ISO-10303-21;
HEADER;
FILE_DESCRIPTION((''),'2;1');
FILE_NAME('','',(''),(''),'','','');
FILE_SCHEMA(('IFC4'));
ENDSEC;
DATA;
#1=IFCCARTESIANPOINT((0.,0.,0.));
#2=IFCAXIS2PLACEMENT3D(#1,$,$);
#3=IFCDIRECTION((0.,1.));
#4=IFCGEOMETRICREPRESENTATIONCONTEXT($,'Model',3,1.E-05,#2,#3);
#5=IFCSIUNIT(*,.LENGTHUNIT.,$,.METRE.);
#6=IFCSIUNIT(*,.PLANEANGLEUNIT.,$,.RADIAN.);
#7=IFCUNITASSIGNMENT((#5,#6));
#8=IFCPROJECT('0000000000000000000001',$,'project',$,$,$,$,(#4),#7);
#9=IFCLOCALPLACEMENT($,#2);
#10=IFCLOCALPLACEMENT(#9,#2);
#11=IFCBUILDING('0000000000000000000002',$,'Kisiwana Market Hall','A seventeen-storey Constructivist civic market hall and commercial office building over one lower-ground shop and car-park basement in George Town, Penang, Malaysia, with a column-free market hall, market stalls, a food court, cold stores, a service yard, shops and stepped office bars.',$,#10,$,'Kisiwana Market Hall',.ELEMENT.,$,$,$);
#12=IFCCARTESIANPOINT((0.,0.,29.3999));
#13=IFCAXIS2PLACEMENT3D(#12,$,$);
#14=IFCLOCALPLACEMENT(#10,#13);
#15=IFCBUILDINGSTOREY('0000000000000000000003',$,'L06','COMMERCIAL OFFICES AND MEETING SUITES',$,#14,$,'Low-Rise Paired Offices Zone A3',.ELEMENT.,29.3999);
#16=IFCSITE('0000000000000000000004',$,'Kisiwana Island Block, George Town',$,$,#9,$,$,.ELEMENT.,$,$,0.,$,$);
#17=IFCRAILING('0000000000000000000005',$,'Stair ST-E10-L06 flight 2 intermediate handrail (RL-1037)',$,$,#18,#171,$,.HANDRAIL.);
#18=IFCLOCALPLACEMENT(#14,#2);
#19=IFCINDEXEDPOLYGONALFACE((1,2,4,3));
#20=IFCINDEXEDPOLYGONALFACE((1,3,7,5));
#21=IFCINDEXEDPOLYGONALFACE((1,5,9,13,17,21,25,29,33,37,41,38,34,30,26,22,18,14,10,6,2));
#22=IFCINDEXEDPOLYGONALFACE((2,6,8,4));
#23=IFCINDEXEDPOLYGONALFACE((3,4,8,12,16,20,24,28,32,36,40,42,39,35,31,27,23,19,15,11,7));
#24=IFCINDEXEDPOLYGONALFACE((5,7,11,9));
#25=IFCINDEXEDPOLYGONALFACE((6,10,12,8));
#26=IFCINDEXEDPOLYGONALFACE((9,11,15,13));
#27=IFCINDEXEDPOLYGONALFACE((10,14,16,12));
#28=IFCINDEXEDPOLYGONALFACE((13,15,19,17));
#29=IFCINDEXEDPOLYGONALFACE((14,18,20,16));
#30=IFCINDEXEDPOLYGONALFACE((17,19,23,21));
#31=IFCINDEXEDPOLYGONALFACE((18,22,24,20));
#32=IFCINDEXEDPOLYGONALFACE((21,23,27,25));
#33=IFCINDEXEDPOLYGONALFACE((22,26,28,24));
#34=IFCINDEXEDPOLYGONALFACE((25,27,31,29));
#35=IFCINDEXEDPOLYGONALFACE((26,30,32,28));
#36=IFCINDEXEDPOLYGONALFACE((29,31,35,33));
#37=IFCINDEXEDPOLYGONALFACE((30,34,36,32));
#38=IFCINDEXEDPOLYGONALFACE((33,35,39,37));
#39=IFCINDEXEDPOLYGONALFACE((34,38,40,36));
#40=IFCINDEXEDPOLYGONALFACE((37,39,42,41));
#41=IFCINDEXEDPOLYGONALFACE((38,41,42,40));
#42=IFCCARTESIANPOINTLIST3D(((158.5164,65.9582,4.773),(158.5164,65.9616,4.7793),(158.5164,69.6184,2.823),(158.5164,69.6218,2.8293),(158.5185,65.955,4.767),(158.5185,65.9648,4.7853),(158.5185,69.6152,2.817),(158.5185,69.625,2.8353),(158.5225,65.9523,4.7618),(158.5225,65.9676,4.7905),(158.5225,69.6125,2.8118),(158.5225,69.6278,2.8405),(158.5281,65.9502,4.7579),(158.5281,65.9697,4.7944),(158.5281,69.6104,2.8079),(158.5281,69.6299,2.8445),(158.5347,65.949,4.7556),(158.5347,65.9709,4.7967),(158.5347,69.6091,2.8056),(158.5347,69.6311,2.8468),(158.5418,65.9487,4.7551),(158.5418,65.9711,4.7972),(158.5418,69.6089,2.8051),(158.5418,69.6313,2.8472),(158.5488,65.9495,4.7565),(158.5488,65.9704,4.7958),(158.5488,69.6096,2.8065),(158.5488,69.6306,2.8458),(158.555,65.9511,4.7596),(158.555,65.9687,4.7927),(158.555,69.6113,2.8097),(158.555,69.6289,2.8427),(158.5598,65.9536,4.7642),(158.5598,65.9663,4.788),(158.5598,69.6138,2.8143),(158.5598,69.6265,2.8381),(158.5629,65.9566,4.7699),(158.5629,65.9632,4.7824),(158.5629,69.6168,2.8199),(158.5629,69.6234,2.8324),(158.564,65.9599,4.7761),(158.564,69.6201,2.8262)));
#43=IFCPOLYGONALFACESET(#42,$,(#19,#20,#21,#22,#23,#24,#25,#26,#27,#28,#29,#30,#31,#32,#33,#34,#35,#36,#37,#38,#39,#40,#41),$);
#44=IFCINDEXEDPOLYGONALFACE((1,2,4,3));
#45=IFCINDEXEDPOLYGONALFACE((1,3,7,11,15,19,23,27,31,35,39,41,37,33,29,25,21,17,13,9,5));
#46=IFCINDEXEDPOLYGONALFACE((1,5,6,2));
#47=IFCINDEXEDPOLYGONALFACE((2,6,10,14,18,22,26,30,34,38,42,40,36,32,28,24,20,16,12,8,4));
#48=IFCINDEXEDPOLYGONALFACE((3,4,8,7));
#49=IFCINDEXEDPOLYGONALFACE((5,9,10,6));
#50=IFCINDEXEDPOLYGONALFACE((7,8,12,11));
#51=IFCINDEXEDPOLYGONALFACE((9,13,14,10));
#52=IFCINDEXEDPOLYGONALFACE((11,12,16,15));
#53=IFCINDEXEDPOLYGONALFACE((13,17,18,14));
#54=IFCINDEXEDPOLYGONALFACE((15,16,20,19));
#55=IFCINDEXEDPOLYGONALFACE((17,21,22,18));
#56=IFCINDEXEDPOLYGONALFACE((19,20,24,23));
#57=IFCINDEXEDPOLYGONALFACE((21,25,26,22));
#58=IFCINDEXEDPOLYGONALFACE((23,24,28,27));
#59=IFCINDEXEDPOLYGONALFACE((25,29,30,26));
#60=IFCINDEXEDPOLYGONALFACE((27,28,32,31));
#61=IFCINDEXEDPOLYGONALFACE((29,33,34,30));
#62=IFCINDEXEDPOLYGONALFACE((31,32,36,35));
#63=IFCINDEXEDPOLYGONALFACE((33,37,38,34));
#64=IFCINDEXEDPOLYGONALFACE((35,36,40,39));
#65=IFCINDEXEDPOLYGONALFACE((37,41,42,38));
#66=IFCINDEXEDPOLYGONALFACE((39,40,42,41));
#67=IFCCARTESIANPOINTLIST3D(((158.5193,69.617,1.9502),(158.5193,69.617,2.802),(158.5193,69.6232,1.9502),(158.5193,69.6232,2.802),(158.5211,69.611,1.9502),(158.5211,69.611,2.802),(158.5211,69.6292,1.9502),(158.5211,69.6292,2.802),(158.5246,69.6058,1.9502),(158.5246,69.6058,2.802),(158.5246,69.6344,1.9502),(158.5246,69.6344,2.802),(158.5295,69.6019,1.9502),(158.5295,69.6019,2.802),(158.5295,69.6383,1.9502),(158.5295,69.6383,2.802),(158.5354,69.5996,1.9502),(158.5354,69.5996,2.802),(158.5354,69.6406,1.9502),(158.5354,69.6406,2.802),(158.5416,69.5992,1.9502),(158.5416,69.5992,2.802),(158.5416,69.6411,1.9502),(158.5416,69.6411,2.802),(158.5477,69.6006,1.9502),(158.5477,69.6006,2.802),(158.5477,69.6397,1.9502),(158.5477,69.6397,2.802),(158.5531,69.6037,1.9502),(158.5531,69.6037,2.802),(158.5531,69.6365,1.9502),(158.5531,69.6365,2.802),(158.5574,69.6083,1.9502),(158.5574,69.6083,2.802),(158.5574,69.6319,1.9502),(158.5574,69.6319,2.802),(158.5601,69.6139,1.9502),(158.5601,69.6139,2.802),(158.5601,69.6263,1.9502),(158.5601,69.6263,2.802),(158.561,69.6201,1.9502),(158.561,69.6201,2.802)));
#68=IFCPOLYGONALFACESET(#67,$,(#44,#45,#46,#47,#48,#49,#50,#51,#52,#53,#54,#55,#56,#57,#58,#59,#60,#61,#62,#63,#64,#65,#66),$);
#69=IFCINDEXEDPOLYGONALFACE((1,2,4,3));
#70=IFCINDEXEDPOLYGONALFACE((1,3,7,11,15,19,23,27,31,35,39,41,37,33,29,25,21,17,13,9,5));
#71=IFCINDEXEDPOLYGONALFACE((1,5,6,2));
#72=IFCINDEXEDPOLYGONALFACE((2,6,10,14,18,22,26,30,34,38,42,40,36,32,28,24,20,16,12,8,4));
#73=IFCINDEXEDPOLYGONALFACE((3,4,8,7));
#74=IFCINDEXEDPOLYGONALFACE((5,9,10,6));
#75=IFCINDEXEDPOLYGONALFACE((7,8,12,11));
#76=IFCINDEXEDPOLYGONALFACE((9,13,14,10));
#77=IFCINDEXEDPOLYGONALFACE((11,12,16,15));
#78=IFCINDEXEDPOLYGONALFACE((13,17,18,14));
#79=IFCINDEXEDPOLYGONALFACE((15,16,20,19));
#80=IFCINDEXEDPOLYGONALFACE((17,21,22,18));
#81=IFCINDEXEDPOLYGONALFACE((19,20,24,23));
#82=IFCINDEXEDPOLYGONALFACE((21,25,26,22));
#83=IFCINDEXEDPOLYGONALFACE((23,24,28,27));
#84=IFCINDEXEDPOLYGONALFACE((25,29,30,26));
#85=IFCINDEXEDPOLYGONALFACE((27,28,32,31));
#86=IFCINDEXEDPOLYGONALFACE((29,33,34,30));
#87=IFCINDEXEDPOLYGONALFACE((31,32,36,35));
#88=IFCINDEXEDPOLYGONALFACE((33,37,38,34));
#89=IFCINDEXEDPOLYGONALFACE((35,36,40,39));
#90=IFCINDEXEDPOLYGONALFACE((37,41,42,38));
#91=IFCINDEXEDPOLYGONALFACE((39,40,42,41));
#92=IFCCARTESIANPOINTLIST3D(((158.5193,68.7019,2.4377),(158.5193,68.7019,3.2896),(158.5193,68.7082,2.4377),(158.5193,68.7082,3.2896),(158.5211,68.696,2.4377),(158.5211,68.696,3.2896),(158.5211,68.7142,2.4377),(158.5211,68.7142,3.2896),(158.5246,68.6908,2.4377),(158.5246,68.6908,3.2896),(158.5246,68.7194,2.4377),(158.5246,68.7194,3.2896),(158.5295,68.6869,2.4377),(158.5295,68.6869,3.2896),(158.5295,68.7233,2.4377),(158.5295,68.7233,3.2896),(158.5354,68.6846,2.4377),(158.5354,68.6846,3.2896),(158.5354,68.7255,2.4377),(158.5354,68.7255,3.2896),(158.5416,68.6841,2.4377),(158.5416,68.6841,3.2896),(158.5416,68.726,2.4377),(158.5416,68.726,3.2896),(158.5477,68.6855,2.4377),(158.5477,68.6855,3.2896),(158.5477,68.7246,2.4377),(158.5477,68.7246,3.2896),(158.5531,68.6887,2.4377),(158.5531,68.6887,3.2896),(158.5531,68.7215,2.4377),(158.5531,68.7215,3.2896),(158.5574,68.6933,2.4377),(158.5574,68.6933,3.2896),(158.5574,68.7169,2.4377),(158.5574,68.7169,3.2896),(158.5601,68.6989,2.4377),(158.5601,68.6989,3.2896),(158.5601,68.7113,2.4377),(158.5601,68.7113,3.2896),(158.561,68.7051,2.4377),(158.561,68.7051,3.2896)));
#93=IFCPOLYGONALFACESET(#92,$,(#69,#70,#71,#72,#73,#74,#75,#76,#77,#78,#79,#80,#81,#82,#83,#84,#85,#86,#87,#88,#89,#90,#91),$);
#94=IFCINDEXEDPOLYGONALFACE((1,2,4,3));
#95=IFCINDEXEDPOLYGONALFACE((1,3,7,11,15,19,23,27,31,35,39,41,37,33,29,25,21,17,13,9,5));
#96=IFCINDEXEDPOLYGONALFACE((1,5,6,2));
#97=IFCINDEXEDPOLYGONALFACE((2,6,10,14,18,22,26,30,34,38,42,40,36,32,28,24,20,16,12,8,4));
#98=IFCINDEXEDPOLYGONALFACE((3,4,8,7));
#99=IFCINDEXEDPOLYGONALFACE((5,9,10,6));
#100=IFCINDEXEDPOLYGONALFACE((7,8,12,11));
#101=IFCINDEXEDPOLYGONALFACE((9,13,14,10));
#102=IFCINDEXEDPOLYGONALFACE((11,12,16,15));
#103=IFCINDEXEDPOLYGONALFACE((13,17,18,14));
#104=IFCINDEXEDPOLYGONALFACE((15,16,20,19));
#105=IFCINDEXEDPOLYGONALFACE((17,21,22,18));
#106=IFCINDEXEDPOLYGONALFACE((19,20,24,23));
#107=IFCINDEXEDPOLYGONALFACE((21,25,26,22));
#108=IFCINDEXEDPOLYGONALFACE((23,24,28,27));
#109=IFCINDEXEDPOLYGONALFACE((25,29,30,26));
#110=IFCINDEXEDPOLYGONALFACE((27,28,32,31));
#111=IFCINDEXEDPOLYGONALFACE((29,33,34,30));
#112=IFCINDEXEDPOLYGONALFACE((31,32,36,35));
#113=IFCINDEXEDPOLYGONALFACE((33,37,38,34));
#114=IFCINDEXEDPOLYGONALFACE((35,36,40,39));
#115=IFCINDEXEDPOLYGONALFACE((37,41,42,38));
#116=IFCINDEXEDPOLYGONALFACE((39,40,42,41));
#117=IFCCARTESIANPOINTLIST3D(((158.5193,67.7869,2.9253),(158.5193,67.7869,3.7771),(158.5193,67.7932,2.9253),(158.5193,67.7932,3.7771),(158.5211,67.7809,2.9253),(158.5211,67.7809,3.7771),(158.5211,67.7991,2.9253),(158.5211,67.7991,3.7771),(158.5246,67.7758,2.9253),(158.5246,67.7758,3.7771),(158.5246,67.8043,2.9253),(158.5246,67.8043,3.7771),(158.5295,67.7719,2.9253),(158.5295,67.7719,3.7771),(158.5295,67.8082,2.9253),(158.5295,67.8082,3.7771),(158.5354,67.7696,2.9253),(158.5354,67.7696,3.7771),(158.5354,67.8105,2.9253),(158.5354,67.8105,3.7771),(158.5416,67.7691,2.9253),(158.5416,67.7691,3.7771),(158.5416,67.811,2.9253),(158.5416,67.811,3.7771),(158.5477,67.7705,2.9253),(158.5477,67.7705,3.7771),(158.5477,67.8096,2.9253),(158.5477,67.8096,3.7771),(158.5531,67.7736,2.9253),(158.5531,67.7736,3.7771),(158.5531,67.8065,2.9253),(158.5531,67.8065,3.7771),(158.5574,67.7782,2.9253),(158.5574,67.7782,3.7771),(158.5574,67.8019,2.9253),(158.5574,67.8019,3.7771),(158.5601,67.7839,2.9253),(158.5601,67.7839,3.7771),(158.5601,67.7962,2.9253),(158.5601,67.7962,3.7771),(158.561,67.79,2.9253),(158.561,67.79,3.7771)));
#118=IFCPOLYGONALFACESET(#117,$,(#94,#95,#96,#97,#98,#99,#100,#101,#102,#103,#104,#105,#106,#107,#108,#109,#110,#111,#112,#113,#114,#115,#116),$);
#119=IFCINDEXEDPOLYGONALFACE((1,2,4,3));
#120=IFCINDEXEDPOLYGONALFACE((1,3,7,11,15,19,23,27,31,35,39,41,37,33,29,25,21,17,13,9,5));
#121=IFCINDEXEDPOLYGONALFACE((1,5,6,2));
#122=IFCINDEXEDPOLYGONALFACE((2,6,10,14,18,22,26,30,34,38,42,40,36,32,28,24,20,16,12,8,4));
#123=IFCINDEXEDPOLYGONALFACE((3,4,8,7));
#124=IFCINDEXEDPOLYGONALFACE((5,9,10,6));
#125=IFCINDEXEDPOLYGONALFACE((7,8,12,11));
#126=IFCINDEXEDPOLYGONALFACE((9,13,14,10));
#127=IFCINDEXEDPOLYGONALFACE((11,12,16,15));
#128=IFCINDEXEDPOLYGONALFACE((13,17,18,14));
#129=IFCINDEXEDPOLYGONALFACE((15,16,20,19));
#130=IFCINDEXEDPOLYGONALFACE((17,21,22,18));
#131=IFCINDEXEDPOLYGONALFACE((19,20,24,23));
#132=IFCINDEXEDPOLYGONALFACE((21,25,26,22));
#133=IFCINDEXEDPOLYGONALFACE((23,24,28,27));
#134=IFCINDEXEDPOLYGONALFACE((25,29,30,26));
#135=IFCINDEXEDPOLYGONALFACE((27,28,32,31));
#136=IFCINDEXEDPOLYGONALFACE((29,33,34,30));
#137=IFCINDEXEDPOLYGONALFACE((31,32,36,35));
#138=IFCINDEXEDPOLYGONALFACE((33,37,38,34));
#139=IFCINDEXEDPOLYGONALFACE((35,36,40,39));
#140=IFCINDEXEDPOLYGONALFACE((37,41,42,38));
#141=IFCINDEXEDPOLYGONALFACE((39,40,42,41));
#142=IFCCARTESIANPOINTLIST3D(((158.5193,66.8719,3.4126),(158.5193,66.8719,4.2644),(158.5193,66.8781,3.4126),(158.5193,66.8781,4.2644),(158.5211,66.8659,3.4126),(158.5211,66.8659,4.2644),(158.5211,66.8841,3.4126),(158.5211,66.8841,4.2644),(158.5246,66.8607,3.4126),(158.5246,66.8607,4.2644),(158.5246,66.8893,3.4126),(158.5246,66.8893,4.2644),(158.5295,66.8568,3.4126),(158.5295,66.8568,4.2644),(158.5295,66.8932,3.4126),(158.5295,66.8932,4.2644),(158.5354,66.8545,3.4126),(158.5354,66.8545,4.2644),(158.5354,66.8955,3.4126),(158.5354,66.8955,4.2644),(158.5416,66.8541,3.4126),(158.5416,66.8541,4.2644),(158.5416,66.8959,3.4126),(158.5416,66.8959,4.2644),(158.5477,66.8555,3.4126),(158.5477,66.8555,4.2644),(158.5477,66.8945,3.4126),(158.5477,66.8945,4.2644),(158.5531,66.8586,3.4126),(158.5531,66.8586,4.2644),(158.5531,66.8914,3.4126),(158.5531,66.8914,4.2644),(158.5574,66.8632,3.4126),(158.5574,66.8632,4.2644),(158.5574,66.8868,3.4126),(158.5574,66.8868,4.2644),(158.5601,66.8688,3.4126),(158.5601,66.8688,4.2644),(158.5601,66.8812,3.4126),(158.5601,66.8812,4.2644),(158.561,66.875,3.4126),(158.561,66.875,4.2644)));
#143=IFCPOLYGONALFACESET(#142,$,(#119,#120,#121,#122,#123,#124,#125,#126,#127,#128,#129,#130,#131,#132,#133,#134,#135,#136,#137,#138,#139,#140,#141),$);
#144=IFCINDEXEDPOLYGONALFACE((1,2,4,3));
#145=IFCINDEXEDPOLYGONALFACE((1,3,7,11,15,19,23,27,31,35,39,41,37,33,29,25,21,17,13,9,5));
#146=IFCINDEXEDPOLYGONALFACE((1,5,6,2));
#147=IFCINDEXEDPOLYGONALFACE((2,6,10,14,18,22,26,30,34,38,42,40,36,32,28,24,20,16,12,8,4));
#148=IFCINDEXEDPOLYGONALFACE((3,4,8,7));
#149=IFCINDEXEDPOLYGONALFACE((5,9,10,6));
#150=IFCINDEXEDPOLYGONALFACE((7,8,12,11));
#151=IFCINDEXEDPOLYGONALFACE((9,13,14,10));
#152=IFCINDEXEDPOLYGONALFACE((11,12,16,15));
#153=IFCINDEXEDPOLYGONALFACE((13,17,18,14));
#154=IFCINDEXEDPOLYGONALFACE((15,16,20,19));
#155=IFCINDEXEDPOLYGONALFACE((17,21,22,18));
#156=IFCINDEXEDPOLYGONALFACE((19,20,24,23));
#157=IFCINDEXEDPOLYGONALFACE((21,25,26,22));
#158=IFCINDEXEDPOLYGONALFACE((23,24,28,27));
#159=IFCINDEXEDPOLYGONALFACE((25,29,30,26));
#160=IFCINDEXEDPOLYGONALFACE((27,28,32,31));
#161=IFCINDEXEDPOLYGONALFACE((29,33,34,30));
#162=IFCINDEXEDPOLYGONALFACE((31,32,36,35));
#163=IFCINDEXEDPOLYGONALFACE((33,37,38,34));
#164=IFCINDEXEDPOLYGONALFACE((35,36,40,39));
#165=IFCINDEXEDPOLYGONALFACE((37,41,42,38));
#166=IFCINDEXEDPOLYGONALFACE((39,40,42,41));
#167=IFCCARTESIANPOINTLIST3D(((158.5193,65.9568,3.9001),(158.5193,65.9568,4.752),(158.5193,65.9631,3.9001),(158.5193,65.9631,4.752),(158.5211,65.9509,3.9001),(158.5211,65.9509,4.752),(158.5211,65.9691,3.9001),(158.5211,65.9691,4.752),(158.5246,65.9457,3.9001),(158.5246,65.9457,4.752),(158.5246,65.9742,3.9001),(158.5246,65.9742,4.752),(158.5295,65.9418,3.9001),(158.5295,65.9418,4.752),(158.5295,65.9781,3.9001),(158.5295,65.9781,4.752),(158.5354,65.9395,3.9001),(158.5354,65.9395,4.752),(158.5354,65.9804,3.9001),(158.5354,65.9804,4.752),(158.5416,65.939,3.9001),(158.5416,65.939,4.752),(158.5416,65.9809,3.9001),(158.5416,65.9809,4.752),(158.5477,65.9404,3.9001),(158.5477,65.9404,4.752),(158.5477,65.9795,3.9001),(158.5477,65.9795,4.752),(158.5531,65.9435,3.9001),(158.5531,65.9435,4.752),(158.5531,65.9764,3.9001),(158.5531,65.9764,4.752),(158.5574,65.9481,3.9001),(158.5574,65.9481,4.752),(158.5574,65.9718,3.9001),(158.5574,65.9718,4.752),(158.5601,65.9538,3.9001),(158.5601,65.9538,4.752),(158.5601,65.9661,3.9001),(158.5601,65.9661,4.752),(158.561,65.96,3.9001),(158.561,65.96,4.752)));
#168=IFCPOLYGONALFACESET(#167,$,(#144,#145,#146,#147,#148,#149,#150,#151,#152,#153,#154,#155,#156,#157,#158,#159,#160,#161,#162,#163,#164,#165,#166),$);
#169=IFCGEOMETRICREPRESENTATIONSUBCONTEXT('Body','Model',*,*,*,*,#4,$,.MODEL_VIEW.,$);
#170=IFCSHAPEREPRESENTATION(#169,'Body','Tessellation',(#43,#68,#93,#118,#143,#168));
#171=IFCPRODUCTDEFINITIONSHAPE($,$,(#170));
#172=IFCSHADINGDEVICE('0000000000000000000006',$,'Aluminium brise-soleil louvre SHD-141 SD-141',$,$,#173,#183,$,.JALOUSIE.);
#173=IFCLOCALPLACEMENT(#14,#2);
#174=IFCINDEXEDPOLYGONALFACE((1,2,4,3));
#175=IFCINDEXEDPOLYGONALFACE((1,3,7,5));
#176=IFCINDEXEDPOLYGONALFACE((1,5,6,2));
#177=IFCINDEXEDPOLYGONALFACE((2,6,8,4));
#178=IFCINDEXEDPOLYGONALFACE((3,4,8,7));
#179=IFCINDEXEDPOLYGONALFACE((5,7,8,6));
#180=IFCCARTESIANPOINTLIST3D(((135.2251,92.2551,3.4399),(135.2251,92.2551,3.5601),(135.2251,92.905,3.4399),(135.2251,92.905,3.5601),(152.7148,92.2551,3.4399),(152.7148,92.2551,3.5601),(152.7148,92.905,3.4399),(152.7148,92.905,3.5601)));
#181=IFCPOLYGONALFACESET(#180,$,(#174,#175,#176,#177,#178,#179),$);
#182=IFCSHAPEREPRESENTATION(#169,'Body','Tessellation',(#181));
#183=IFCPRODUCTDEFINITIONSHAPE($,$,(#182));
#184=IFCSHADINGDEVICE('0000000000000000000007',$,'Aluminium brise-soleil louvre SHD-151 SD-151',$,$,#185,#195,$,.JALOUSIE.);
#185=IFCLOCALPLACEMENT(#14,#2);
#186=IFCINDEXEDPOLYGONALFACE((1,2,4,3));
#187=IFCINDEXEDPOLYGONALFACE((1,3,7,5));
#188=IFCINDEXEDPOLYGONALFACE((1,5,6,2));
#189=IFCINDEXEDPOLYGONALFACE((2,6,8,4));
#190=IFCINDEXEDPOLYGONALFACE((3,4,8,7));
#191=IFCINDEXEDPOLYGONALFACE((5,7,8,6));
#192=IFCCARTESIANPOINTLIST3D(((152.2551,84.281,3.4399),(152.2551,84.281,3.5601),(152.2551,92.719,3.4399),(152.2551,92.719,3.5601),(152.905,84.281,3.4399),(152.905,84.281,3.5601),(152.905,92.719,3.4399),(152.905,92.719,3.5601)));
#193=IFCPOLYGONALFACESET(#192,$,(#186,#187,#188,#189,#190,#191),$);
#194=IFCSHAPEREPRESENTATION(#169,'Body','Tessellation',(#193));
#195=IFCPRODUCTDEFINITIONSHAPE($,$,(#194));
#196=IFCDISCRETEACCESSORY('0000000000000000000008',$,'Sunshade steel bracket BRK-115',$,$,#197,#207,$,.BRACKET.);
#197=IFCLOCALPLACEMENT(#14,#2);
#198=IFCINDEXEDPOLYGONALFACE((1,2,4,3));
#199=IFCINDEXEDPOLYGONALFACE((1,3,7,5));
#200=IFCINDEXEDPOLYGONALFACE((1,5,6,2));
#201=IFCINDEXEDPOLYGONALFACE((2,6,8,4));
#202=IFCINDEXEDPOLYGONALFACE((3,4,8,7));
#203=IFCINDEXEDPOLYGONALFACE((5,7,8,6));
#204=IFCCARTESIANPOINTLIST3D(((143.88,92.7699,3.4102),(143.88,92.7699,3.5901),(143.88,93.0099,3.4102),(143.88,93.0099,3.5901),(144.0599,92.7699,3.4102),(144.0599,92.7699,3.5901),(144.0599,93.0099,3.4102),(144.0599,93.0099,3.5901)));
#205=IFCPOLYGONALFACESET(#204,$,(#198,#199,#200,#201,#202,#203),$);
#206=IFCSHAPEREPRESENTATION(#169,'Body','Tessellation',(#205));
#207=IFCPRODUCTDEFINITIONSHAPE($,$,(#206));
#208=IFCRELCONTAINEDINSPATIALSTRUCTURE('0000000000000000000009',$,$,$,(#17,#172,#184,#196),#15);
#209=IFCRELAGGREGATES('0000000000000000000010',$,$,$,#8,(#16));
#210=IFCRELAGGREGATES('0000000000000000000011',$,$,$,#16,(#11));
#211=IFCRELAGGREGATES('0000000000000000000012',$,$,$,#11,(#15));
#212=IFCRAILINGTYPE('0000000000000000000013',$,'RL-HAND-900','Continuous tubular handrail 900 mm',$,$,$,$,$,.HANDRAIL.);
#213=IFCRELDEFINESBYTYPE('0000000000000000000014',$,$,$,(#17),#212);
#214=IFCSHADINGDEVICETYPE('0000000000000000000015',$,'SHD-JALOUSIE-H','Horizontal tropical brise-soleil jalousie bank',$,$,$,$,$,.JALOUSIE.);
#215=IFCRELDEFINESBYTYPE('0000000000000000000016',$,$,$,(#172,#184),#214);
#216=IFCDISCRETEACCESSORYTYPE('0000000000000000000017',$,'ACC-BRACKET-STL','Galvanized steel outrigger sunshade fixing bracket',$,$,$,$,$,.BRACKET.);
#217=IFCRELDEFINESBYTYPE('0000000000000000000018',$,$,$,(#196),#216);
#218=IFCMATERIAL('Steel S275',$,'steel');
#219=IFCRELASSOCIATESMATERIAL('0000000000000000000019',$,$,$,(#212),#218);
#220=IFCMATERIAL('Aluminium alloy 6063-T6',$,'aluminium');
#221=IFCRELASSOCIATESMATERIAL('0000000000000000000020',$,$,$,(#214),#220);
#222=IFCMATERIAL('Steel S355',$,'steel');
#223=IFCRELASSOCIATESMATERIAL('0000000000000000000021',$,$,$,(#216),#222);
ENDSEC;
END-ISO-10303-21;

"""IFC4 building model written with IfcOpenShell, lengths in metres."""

from ifc_helpers import new_model, si_unit, direction, frame, origin, origin_2d, place, context, subcontext, project, spatial, rectangle, circle, extrude, material, type_object, element, save


model = new_model("IFC4")

# Units and contexts
model_context = context("Model", 3, precision=1e-05, world=origin(), true_north=direction((0.0, 1.0)))
body_context = subcontext(model_context, "Body", "Model", "MODEL_VIEW")
ifc_project = project(units=[si_unit("LENGTHUNIT", "METRE"), si_unit("PLANEANGLEUNIT", "RADIAN")], contexts=[model_context])

# Site, building, storey
site_placement = place(None, origin())
site = spatial("IfcSite", under=ifc_project, at=site_placement, Name="Kisiwana Island Block, George Town", CompositionType="ELEMENT", RefElevation=0.0)
building_placement = place(site_placement, origin())
building = spatial("IfcBuilding", under=site, at=building_placement, Name="Kisiwana Market Hall", Description="A seventeen-storey Constructivist civic market hall and commercial office building over one lower-ground shop and car-park basement in George Town, Penang, Malaysia, with a column-free market hall, market stalls, a food court, cold stores, a service yard, shops and stepped office bars.", LongName="Kisiwana Market Hall", CompositionType="ELEMENT")
storey_placement = place(building_placement, frame((0.0, 0.0, 29.3999)))
storey = spatial("IfcBuildingStorey", under=building, at=storey_placement, Name="L06", Description="COMMERCIAL OFFICES AND MEETING SUITES", LongName="Low-Rise Paired Offices Zone A3", CompositionType="ELEMENT", Elevation=29.3999)

# Railing
ifc_material_1 = material(Name="Steel S275", Category="steel")
railing_type_1 = type_object("IfcRailingType", Name="RL-HAND-900", Description="Continuous tubular handrail 900 mm", PredefinedType="HANDRAIL", material=ifc_material_1)
railing_1_placement = place(storey_placement, frame((158.54, 69.6201, 1.9502)))
element("IfcRailing", 1, at=railing_1_placement, inside=storey, type_object=railing_type_1, Name="Stair ST-E10-L06 flight 2 intermediate handrail (RL-1037)", PredefinedType="HANDRAIL", context=body_context, shape_type="SweptSolid", body=[
    extrude(circle(Radius=0.0239, at=origin_2d()), frame((0.0, 0.0, 0.876), z_axis=(0.0, -0.882566, 0.470188), x_axis=(1.0, 0.0, 0.0)), (0.0, 0.0, 1.0), 4.1472),
    extrude(circle(Radius=0.021, at=origin_2d()), origin(), (0.0, 0.0, 1.0), 0.8518),
    extrude(circle(Radius=0.021, at=origin_2d()), frame((0.0, -0.915, 0.4875)), (0.0, 0.0, 1.0), 0.8518),
    extrude(circle(Radius=0.021, at=origin_2d()), frame((0.0, -1.8301, 0.9751)), (0.0, 0.0, 1.0), 0.8518),
    extrude(circle(Radius=0.021, at=origin_2d()), frame((0.0, -2.7451, 1.4624)), (0.0, 0.0, 1.0), 0.8518),
    extrude(circle(Radius=0.021, at=origin_2d()), frame((0.0, -3.6602, 1.95)), (0.0, 0.0, 1.0), 0.8518),
])

# Shading devices
ifc_material_2 = material(Name="Aluminium alloy 6063-T6", Category="aluminium")
shading_device_type = type_object("IfcShadingDeviceType", Name="SHD-JALOUSIE-H", Description="Horizontal tropical brise-soleil jalousie bank", PredefinedType="JALOUSIE", material=ifc_material_2)
shading_device_1_placement = place(storey_placement, frame((143.97, 92.5801, 3.4399), z_axis=(0.0, 0.0, 1.0), x_axis=(1.0, 0.0, 0.0)))
element("IfcShadingDevice", 2, at=shading_device_1_placement, inside=storey, type_object=shading_device_type, Name="Aluminium brise-soleil louvre SHD-141 SD-141", PredefinedType="JALOUSIE", context=body_context, shape_type="SweptSolid", body=[
    extrude(rectangle(XDim=17.4897, YDim=0.6499, at=origin_2d()), origin(), (0.0, 0.0, 1.0), 0.1201),
])
shading_device_2_placement = place(storey_placement, frame((152.5801, 88.5, 3.4399), z_axis=(0.0, 0.0, 1.0), x_axis=(0.0, 1.0, 0.0)))
element("IfcShadingDevice", 3, at=shading_device_2_placement, inside=storey, type_object=shading_device_type, Name="Aluminium brise-soleil louvre SHD-151 SD-151", PredefinedType="JALOUSIE", context=body_context, shape_type="SweptSolid", body=[
    extrude(rectangle(XDim=8.438, YDim=0.6499, at=origin_2d()), origin(), (0.0, 0.0, 1.0), 0.1201),
])

# Discrete accessory
ifc_material_3 = material(Name="Steel S355", Category="steel")
discrete_accessory_type = type_object("IfcDiscreteAccessoryType", Name="ACC-BRACKET-STL", Description="Galvanized steel outrigger sunshade fixing bracket", PredefinedType="BRACKET", material=ifc_material_3)
for number, where, z_axis, x_axis, name in (
    (4, (143.97, 92.8899, 3.4102), (0.0, 0.0, 1.0), (1.0, 0.0, 0.0), "Sunshade steel bracket BRK-115"),
):
    element("IfcDiscreteAccessory", number, at=place(storey_placement, frame(where, z_axis=z_axis, x_axis=x_axis)), inside=storey, type_object=discrete_accessory_type, Name=name, PredefinedType="BRACKET", context=body_context, shape_type="SweptSolid", body=[
        extrude(rectangle(XDim=0.1799, YDim=0.24, at=origin_2d()), origin(), (0.0, 0.0, 1.0), 0.1799),
    ])

save(model, "model.ifc")
